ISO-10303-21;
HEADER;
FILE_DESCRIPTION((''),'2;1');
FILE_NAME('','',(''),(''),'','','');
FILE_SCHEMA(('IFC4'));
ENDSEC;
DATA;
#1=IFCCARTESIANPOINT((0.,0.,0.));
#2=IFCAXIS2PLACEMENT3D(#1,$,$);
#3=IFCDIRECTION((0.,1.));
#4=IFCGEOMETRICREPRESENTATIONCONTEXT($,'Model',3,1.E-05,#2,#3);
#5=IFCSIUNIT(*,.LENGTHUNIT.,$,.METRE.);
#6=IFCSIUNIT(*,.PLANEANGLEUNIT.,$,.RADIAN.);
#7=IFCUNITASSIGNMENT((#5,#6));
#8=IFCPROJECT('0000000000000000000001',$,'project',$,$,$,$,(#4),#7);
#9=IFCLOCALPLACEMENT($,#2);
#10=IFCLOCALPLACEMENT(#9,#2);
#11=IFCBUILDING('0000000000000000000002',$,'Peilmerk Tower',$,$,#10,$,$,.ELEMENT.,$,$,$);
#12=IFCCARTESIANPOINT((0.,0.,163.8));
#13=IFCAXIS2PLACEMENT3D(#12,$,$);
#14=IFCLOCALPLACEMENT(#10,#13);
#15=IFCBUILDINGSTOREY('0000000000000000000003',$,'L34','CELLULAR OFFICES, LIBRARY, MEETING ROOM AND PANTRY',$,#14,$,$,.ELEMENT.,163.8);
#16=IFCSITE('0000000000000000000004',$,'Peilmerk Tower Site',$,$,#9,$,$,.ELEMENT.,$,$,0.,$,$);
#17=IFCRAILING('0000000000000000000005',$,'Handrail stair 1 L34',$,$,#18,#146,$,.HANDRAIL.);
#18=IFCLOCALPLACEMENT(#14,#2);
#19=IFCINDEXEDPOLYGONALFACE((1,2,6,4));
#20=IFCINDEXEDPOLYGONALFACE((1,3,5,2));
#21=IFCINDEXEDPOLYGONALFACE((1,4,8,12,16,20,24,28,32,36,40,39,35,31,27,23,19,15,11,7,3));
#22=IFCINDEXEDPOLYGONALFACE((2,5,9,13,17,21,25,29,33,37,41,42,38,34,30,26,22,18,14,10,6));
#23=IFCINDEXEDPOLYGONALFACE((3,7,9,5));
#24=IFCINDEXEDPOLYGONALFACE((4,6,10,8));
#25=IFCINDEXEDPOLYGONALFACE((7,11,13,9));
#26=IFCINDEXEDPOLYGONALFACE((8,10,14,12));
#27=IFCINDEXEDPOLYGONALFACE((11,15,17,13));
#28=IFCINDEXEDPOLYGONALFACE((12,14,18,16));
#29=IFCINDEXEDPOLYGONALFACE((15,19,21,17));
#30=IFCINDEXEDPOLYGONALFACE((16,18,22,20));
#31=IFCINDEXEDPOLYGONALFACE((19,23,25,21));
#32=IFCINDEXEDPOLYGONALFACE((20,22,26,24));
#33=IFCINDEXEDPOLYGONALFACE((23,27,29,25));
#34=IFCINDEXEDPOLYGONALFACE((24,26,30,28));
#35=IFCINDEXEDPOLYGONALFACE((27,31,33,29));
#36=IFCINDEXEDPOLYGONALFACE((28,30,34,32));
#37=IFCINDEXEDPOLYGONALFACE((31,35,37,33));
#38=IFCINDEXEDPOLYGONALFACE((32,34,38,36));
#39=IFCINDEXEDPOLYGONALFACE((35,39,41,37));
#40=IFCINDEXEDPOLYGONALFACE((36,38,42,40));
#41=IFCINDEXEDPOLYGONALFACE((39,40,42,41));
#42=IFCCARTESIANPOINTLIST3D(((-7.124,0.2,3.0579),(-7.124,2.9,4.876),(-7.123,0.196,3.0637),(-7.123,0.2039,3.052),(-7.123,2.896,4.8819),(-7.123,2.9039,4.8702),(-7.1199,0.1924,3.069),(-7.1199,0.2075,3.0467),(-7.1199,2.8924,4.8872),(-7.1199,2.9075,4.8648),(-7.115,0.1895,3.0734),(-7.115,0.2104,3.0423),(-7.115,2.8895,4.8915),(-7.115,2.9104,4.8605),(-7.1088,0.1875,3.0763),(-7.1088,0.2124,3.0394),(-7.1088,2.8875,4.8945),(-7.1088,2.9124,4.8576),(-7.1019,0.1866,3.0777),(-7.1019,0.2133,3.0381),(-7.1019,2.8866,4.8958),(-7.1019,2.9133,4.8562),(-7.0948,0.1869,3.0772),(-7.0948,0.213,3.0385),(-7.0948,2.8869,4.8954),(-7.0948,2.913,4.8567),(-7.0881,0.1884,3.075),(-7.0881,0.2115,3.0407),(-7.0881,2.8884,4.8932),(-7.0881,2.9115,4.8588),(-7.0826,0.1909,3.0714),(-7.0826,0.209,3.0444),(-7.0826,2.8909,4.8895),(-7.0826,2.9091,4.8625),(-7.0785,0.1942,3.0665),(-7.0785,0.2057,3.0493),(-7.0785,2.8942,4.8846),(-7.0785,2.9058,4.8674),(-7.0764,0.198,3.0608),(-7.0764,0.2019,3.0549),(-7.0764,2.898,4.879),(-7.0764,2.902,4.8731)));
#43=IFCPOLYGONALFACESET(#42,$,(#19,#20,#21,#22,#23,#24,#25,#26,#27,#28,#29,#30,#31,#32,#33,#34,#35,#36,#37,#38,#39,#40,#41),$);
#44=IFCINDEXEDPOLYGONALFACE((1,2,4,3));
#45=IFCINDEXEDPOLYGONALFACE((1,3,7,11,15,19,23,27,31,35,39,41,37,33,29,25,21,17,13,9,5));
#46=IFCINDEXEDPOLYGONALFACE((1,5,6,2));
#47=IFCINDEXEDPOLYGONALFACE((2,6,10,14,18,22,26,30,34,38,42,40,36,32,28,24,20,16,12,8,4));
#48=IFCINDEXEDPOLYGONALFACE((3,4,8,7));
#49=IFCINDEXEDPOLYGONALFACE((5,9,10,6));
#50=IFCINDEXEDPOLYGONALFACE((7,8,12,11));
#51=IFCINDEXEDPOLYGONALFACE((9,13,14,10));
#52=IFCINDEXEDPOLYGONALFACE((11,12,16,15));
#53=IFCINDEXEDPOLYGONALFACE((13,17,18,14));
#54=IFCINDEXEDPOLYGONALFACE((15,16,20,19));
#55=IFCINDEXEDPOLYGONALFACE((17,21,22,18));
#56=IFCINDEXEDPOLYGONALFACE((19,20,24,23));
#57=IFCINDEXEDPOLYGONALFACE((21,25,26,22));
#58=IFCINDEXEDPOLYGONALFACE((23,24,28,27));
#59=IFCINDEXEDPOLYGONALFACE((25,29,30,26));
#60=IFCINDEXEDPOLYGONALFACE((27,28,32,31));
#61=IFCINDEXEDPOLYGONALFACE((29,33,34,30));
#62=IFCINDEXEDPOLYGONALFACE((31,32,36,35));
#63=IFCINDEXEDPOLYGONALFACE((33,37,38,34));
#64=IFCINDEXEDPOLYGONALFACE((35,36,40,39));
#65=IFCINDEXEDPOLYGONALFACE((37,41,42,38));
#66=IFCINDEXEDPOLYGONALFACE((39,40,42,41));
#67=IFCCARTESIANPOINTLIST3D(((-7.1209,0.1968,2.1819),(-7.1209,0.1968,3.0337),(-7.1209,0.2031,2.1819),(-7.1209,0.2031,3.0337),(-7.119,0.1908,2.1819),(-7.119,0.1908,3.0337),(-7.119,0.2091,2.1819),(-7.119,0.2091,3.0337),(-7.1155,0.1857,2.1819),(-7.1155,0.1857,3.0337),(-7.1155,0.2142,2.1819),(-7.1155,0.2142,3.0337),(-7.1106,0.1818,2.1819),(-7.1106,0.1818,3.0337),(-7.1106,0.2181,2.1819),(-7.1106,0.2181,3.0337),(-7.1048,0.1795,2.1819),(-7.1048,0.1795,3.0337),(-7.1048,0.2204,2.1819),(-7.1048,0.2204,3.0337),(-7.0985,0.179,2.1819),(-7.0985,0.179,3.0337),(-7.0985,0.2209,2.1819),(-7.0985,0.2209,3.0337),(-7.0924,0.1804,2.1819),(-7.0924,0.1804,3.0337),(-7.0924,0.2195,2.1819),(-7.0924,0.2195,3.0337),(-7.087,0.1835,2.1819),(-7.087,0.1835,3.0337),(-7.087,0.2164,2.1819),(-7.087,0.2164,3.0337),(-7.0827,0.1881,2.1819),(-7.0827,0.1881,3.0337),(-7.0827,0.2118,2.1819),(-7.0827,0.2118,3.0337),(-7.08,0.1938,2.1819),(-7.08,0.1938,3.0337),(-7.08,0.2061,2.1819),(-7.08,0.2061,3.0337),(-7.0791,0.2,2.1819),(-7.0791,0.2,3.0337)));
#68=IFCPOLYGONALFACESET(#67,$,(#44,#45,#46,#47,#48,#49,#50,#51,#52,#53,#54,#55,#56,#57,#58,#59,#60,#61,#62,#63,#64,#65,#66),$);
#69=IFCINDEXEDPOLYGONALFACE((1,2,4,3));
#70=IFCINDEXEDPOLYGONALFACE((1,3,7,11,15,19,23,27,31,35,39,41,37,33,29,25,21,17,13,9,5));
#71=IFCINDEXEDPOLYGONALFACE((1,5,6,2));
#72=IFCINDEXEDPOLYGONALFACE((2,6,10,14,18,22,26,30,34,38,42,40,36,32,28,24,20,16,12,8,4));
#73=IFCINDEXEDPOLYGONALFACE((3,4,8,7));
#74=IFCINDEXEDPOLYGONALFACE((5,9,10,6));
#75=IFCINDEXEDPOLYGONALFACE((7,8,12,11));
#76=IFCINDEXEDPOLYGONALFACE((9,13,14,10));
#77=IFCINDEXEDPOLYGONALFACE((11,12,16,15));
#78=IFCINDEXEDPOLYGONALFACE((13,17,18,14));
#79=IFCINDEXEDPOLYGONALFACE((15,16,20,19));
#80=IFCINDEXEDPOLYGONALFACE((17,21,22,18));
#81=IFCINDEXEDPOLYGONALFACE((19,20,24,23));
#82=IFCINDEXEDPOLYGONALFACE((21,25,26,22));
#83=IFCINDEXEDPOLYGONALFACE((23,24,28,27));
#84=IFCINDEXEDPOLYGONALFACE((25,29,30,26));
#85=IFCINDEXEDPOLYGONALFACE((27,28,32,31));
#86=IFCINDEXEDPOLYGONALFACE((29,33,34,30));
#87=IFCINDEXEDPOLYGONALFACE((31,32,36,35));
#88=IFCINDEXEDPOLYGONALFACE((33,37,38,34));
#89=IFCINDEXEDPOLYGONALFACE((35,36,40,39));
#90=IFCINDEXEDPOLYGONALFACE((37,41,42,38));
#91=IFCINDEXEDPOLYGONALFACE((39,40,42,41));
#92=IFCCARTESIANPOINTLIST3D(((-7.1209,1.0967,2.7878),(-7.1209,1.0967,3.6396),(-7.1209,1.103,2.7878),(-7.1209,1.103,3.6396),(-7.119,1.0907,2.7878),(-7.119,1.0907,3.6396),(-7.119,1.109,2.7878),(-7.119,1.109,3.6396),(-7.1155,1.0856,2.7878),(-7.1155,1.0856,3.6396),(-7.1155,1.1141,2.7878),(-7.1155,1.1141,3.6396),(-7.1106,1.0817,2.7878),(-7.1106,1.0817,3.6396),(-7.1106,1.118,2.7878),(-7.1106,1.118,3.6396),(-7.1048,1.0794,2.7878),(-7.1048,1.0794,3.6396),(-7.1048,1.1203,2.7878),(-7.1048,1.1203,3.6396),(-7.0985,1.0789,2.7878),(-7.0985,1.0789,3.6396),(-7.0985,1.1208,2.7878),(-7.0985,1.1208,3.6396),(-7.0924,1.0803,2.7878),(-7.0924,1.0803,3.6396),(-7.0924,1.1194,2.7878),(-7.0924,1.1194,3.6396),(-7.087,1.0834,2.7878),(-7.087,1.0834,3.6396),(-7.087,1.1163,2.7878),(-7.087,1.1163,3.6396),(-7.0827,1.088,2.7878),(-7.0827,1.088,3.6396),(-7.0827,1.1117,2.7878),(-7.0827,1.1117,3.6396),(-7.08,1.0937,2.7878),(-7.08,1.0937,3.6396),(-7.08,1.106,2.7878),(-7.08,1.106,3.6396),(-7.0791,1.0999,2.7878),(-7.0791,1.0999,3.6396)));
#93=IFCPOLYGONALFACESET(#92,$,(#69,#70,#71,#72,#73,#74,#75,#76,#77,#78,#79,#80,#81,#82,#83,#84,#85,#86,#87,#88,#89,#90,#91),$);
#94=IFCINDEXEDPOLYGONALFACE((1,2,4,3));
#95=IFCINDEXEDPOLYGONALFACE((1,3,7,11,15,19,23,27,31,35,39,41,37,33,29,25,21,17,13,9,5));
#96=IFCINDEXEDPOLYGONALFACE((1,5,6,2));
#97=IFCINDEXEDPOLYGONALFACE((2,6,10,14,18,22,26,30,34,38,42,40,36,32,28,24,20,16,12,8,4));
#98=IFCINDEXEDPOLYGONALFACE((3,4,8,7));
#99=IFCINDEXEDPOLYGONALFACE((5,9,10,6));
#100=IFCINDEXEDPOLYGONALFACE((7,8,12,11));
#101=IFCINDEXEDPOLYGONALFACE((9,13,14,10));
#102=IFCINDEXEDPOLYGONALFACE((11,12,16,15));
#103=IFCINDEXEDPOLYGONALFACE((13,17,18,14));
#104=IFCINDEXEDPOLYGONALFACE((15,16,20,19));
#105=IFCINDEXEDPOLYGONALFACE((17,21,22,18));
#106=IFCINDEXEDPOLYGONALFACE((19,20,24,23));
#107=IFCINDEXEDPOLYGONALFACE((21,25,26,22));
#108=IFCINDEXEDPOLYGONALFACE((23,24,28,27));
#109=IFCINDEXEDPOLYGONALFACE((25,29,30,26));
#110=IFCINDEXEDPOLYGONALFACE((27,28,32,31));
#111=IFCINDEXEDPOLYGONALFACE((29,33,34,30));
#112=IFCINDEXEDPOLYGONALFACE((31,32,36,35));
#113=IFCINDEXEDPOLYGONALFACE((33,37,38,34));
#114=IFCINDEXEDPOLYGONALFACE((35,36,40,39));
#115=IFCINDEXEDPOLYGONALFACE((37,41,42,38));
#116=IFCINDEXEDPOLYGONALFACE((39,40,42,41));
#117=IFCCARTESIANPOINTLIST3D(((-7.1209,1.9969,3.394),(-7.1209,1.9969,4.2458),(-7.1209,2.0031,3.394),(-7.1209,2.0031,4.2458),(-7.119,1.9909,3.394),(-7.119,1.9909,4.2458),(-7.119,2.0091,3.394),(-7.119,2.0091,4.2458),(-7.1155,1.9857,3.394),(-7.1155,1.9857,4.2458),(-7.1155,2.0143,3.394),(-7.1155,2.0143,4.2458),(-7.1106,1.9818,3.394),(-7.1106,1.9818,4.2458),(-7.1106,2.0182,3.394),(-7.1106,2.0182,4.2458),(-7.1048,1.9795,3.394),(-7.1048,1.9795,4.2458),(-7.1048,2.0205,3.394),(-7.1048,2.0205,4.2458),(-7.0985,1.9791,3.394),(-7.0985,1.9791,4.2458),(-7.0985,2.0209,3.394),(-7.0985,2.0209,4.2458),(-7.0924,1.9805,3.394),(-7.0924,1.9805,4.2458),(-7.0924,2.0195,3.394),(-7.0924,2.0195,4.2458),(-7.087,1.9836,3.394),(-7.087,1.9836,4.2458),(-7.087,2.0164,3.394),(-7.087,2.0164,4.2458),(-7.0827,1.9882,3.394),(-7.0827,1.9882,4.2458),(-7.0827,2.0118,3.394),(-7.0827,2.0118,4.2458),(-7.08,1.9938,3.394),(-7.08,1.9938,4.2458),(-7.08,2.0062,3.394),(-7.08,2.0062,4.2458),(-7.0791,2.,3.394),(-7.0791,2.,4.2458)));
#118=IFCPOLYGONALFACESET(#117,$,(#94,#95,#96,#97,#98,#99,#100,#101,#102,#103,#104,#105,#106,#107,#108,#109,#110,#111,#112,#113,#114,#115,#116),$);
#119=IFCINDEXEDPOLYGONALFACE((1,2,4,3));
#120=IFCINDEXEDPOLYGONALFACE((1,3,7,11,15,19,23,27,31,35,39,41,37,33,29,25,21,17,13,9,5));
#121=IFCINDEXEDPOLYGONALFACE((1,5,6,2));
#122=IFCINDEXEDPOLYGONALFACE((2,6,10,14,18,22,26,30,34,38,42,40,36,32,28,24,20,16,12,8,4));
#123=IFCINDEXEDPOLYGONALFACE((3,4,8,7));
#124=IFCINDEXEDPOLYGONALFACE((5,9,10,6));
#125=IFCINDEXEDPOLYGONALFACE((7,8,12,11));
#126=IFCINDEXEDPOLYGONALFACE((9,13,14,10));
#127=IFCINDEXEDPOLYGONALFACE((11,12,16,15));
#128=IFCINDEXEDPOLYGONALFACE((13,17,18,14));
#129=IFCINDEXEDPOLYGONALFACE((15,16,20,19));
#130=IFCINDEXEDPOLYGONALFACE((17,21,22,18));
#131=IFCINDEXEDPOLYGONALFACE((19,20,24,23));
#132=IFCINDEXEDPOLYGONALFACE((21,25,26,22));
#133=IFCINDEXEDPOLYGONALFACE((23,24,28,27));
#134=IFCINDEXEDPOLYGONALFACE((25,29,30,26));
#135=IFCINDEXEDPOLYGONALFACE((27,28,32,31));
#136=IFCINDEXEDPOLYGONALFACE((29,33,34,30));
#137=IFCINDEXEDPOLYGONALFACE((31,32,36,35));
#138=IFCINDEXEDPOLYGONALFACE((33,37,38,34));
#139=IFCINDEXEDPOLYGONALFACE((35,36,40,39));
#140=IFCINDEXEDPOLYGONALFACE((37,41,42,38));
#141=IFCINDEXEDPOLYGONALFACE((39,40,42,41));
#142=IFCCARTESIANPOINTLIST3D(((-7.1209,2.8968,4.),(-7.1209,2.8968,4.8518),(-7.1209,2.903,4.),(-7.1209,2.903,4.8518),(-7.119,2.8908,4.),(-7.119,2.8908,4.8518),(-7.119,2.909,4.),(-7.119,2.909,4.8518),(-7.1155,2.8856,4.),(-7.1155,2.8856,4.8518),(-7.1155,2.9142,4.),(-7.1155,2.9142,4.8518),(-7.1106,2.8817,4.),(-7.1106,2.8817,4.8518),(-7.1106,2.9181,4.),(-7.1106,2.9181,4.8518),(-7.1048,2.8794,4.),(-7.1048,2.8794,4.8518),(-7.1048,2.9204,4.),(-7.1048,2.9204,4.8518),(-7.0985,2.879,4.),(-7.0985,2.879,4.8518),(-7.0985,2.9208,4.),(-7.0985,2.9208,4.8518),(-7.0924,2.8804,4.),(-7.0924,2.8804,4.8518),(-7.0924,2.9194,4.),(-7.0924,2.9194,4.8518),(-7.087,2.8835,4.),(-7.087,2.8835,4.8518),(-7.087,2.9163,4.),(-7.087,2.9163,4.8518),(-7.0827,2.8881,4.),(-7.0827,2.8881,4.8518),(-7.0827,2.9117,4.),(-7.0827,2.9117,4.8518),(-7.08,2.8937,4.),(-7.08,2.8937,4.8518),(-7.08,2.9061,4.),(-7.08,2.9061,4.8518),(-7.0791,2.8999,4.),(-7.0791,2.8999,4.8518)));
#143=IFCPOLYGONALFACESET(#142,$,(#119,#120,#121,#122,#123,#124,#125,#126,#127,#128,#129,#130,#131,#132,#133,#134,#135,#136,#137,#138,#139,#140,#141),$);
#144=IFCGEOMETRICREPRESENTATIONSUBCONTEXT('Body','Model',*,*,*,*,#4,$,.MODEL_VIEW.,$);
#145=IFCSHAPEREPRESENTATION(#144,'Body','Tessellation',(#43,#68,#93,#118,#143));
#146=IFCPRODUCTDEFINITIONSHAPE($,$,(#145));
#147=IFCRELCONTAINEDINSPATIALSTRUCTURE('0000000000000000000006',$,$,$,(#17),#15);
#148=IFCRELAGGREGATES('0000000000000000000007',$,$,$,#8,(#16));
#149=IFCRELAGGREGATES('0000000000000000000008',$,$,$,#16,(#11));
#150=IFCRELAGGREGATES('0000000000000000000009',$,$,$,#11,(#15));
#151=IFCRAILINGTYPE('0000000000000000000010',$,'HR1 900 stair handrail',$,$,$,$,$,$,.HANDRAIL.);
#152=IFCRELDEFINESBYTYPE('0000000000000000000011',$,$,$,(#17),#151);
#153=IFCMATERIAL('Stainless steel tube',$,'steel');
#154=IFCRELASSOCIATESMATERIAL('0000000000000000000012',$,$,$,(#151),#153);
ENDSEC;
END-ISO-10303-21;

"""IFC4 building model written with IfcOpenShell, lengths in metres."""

from ifc_helpers import new_model, si_unit, direction, frame, origin, origin_2d, place, context, subcontext, project, spatial, circle, extrude, material, type_object, element, save


model = new_model("IFC4")

# Units and contexts
model_context = context("Model", 3, precision=1e-05, world=origin(), true_north=direction((0.0, 1.0)))
body_context = subcontext(model_context, "Body", "Model", "MODEL_VIEW")
ifc_project = project(units=[si_unit("LENGTHUNIT", "METRE"), si_unit("PLANEANGLEUNIT", "RADIAN")], contexts=[model_context])

# Site, building, storey
site_placement = place(None, origin())
site = spatial("IfcSite", under=ifc_project, at=site_placement, Name="Peilmerk Tower Site", CompositionType="ELEMENT", RefElevation=0.0)
building_placement = place(site_placement, origin())
building = spatial("IfcBuilding", under=site, at=building_placement, Name="Peilmerk Tower", CompositionType="ELEMENT")
storey_placement = place(building_placement, frame((0.0, 0.0, 163.8)))
storey = spatial("IfcBuildingStorey", under=building, at=storey_placement, Name="L34", Description="CELLULAR OFFICES, LIBRARY, MEETING ROOM AND PANTRY", CompositionType="ELEMENT", Elevation=163.8)

# Railing
ifc_material_1 = material(Name="Stainless steel tube", Category="steel")
railing_type_1 = type_object("IfcRailingType", Name="HR1 900 stair handrail", PredefinedType="HANDRAIL", material=ifc_material_1)
railing_1_placement = place(storey_placement, frame((-7.1001, 0.2, 2.1819)))
element("IfcRailing", 1, at=railing_1_placement, inside=storey, type_object=railing_type_1, Name="Handrail stair 1 L34", PredefinedType="HANDRAIL", context=body_context, shape_type="SweptSolid", body=[
    extrude(circle(Radius=0.0239, at=origin_2d()), frame((0.0, 0.0, 0.876), z_axis=(0.0, 0.829468, 0.558554), x_axis=(-1.0, 0.0, 0.0)), (0.0, 0.0, 1.0), 3.2551),
    extrude(circle(Radius=0.021, at=origin_2d()), origin(), (0.0, 0.0, 1.0), 0.8518),
    extrude(circle(Radius=0.021, at=origin_2d()), frame((0.0, 0.8999, 0.606)), (0.0, 0.0, 1.0), 0.8518),
    extrude(circle(Radius=0.021, at=origin_2d()), frame((0.0, 1.8, 1.2122)), (0.0, 0.0, 1.0), 0.8518),
    extrude(circle(Radius=0.021, at=origin_2d()), frame((0.0, 2.7, 1.8181)), (0.0, 0.0, 1.0), 0.8518),
])

save(model, "model.ifc")
